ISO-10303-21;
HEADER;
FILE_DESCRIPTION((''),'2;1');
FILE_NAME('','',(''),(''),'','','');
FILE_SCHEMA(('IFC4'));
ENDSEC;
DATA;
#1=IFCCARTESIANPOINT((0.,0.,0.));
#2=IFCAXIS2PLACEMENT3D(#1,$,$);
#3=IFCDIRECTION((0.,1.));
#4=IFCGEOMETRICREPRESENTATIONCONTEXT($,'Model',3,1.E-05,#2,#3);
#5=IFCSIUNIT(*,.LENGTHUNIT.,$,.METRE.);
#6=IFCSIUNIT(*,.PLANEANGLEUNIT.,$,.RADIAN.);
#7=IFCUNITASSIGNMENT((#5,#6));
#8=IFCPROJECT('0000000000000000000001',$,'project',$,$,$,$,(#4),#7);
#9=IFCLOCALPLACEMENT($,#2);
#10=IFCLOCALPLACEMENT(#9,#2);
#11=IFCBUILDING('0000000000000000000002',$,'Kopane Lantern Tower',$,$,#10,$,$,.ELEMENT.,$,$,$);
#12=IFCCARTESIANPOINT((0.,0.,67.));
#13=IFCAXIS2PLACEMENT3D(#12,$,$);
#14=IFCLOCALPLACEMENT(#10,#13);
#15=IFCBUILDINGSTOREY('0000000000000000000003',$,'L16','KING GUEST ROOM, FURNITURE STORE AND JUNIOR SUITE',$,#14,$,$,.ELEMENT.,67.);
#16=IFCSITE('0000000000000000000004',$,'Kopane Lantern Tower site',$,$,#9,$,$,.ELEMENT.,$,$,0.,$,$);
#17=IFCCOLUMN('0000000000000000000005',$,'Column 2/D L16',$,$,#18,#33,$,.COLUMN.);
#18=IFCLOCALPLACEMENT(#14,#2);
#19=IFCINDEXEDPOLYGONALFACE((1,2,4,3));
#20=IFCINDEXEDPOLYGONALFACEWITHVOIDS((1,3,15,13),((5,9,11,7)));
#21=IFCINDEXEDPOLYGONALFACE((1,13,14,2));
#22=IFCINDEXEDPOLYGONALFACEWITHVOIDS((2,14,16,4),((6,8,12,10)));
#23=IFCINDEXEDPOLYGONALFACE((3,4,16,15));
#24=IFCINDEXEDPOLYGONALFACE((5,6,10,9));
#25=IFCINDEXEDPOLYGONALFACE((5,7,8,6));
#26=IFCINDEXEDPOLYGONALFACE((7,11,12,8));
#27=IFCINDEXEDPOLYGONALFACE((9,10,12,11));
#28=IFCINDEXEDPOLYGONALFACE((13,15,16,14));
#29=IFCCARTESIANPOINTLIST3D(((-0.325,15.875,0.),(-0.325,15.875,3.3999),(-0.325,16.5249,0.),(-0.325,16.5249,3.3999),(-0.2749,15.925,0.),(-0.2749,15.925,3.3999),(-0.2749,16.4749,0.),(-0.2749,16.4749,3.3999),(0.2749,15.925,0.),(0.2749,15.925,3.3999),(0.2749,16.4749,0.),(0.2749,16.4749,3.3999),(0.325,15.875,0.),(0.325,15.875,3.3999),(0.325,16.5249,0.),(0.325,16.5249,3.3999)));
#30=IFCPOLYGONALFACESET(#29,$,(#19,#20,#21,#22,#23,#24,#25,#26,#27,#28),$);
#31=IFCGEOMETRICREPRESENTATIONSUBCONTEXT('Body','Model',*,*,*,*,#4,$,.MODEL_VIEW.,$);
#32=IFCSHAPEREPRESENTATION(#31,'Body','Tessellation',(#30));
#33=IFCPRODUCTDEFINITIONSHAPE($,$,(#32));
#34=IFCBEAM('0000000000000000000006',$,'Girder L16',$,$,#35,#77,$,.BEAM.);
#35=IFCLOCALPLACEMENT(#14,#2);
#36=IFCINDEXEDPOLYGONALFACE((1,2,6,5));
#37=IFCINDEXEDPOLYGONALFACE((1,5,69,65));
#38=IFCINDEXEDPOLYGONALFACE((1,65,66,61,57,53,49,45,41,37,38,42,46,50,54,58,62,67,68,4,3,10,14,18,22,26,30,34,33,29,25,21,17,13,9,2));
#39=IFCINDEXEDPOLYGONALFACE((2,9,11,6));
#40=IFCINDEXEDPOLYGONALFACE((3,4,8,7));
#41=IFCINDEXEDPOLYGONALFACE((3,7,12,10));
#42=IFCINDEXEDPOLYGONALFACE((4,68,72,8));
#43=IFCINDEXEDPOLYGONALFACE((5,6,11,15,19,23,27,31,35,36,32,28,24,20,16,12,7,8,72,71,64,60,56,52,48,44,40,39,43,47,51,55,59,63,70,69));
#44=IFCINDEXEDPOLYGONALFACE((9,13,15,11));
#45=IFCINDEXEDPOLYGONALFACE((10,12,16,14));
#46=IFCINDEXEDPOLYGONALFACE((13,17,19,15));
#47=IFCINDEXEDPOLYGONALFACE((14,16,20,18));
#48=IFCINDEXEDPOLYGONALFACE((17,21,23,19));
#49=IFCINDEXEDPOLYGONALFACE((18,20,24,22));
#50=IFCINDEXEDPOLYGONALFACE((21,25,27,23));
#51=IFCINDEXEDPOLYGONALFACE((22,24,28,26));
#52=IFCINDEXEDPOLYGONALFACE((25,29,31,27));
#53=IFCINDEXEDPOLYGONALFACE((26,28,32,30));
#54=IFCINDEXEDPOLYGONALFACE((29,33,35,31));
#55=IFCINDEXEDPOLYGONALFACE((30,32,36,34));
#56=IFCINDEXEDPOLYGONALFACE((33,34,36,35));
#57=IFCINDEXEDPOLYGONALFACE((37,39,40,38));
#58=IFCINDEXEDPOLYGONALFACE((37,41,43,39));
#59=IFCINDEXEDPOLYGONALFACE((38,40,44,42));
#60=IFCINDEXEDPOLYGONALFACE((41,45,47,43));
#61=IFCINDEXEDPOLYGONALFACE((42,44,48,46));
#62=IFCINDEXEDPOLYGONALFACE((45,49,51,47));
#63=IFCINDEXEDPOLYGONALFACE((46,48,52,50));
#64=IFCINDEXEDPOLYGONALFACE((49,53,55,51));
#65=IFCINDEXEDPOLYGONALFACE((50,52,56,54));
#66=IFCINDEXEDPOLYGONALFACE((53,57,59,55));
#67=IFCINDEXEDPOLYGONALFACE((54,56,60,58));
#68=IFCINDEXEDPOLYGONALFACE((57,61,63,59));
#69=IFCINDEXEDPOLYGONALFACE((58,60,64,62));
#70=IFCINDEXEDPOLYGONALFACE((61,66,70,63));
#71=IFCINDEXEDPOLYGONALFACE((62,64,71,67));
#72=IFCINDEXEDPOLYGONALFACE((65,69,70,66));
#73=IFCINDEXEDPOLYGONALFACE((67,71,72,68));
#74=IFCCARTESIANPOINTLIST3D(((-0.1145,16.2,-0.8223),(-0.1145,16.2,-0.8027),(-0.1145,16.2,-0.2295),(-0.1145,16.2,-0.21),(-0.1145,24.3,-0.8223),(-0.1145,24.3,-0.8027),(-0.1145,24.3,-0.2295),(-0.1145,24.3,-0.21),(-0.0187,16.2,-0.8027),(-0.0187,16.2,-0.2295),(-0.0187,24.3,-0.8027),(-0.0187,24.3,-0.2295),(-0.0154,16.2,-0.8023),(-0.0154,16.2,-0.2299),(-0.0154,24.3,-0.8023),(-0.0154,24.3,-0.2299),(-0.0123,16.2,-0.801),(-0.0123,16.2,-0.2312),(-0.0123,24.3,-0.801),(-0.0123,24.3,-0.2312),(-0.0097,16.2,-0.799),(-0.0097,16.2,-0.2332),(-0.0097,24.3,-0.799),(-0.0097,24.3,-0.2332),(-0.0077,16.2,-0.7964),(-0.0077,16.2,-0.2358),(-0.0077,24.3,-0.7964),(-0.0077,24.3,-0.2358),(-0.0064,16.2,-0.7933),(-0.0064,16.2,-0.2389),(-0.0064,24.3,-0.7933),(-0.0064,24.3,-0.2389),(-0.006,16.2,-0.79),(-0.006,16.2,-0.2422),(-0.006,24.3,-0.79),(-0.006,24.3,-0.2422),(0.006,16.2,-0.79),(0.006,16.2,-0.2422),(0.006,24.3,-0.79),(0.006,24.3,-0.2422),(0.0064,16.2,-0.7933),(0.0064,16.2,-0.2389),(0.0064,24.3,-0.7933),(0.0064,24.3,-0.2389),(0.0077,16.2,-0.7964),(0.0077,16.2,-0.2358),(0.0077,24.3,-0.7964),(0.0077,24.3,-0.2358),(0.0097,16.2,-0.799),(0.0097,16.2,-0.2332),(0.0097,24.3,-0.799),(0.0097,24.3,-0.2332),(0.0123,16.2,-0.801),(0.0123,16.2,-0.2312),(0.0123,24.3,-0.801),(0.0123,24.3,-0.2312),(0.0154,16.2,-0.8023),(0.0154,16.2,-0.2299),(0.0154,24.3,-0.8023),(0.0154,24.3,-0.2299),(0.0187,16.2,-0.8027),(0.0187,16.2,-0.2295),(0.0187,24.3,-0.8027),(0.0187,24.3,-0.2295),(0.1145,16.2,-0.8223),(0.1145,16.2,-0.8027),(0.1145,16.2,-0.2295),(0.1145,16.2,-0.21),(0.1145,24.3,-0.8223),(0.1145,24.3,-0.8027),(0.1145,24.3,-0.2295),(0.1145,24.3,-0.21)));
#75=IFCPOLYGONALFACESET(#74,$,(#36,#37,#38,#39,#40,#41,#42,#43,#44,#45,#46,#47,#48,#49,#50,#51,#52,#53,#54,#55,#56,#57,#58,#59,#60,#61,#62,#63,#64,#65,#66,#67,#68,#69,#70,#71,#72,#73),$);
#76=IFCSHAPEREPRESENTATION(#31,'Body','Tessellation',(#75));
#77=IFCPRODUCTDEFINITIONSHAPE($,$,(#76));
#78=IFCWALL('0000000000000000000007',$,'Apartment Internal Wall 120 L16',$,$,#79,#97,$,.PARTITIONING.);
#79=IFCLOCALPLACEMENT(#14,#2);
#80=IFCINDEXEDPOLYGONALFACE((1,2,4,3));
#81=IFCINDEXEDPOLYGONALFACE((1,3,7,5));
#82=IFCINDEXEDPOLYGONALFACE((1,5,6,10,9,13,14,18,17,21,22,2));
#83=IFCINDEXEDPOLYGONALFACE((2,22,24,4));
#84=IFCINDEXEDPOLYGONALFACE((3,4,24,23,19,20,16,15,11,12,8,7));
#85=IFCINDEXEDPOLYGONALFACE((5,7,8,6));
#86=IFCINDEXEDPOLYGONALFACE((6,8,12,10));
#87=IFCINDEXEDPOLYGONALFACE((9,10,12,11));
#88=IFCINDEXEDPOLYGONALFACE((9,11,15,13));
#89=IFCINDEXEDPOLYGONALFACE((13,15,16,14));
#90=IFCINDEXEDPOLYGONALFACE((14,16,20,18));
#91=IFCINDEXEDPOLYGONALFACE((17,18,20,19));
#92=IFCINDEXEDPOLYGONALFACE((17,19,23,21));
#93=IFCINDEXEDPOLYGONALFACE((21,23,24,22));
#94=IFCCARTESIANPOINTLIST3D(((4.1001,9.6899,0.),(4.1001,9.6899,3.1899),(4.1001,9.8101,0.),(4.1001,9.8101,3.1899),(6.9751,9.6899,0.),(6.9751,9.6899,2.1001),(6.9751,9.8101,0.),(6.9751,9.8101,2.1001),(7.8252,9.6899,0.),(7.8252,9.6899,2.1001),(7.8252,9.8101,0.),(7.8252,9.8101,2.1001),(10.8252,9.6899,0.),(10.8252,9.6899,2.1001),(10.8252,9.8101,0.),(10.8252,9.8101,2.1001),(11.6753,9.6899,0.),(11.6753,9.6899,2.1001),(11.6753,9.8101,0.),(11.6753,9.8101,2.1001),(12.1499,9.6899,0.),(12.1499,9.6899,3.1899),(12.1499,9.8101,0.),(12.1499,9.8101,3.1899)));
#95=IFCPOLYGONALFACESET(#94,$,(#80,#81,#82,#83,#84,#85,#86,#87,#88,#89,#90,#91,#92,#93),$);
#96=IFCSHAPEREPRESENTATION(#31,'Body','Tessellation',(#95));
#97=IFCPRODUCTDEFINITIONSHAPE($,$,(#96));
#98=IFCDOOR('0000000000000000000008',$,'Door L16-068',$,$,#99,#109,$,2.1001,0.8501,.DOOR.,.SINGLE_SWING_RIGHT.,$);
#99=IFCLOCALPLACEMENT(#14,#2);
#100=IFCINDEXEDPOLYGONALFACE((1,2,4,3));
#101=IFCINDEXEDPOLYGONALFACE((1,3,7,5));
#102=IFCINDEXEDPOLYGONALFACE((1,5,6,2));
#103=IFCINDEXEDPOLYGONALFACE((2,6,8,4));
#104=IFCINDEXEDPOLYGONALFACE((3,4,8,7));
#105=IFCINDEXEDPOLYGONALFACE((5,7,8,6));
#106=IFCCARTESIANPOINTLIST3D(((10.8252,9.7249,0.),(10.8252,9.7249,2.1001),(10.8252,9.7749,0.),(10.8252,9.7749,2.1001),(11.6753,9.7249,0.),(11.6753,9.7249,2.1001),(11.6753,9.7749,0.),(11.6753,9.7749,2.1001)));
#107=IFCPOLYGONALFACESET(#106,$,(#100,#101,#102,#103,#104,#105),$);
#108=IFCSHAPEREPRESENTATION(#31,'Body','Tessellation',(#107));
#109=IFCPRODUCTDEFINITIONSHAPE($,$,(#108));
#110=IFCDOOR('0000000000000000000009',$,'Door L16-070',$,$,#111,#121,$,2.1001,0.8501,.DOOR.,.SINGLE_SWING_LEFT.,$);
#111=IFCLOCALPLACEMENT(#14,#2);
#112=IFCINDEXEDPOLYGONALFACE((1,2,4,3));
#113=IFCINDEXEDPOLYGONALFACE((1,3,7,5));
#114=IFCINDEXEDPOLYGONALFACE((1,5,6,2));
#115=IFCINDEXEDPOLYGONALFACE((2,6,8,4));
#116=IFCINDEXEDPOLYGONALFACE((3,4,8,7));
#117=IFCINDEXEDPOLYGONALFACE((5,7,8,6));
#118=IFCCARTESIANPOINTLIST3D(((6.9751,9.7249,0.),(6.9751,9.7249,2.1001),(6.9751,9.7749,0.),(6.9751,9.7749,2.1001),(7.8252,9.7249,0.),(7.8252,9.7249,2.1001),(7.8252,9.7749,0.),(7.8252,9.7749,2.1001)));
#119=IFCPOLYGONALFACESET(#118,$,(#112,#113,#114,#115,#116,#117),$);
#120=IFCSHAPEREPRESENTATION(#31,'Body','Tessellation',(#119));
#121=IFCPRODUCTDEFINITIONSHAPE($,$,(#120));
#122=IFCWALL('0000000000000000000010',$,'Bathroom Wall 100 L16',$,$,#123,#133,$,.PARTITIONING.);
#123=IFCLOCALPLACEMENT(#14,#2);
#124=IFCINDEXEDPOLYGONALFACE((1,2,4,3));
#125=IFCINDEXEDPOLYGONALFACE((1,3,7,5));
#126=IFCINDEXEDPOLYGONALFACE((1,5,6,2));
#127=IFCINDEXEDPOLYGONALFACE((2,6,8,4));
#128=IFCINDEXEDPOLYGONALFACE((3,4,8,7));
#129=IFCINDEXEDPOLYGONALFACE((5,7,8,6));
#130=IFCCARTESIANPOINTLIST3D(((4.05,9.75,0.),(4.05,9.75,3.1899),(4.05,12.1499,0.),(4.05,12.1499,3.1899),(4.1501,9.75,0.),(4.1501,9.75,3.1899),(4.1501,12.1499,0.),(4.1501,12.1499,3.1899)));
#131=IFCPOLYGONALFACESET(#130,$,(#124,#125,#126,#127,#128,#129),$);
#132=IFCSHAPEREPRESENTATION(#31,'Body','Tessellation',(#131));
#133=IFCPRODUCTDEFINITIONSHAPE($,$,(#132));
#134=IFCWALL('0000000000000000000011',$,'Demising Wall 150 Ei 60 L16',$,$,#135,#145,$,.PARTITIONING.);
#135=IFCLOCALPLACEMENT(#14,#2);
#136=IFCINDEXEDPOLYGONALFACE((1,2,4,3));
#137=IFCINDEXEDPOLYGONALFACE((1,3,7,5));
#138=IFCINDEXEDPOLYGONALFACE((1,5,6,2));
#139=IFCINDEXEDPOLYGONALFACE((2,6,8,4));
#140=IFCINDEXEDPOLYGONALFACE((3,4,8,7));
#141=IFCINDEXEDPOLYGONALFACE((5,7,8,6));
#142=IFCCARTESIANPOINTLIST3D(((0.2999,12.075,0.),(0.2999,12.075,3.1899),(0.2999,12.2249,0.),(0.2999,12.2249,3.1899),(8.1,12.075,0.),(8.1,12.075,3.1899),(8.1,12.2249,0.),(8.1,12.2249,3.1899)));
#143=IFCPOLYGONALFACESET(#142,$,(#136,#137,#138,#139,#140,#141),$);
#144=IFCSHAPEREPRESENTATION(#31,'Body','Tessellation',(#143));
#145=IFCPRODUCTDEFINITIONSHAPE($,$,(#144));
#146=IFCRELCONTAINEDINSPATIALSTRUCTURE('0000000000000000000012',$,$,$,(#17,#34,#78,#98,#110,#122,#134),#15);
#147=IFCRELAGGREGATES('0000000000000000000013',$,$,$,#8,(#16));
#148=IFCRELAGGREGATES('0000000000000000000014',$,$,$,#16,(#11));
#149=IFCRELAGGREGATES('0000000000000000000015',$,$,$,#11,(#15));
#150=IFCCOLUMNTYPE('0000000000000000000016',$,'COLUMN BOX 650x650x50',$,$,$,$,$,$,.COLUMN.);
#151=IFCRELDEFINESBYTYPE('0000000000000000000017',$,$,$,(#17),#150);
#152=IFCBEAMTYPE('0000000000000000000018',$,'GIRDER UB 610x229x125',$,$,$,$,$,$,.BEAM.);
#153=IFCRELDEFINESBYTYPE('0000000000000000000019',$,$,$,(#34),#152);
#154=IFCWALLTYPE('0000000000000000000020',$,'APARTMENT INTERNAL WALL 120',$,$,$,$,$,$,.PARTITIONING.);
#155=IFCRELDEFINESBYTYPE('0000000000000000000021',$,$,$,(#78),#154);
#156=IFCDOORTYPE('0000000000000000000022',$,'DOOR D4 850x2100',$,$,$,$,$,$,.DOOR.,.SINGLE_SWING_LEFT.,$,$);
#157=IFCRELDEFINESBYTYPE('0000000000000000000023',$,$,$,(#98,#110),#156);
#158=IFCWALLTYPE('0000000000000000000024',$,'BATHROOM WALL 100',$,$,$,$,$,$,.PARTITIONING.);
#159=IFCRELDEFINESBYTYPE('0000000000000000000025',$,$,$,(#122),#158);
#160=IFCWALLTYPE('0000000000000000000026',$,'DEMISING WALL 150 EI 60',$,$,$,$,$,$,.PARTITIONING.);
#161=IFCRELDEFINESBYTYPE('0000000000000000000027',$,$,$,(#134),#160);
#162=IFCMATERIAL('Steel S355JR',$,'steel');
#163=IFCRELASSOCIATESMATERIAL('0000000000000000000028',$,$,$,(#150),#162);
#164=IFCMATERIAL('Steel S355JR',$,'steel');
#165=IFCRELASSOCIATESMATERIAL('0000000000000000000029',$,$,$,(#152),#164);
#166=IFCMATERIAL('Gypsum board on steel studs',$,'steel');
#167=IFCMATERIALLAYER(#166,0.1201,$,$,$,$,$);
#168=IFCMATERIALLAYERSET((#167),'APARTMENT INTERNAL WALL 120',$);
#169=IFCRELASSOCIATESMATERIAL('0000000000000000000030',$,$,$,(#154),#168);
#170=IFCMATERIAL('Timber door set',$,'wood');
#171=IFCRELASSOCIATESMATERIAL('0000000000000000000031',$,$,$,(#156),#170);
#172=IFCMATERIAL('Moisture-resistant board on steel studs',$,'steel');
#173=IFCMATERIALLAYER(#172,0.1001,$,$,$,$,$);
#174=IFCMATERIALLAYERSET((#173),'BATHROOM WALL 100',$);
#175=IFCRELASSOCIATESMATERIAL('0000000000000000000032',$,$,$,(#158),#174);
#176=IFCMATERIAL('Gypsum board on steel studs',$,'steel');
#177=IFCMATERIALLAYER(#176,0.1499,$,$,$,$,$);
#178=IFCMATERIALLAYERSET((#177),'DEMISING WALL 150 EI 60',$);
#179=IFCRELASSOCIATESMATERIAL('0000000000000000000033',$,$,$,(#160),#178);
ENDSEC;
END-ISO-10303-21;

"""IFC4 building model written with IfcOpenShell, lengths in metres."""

from ifc_helpers import new_model, si_unit, direction, frame, frame_2d, origin, origin_2d, place, context, subcontext, project, spatial, rectangle, hollow_rectangle, i_section, extrude, material, layer, layer_set, material_profile, profile_set, type_object, element, fill, save


model = new_model("IFC4")

# Units and contexts
model_context = context("Model", 3, precision=1e-05, world=origin(), true_north=direction((0.0, 1.0)))
body_context = subcontext(model_context, "Body", "Model", "MODEL_VIEW")
ifc_project = project(units=[si_unit("LENGTHUNIT", "METRE"), si_unit("PLANEANGLEUNIT", "RADIAN")], contexts=[model_context])

# Site, building, storey
site_placement = place(None, origin())
site = spatial("IfcSite", under=ifc_project, at=site_placement, Name="Kopane Lantern Tower site", CompositionType="ELEMENT", RefElevation=0.0)
building_placement = place(site_placement, origin())
building = spatial("IfcBuilding", under=site, at=building_placement, Name="Kopane Lantern Tower", CompositionType="ELEMENT")
storey_placement = place(building_placement, frame((0.0, 0.0, 67.0)))
storey = spatial("IfcBuildingStorey", under=building, at=storey_placement, Name="L16", Description="KING GUEST ROOM, FURNITURE STORE AND JUNIOR SUITE", CompositionType="ELEMENT", Elevation=67.0)

# Column
ifc_material_1 = material(Name="Steel S355JR", Category="steel")
ifc_material_profile_1 = material_profile(ifc_material_1, hollow_rectangle(XDim=0.6499, YDim=0.6499, WallThickness=0.05, at=origin_2d()), Name="BOX 650x650x50")
ifc_profile_set_1 = profile_set([ifc_material_profile_1], Name="Steel S355JR")
column_type = type_object("IfcColumnType", Name="COLUMN BOX 650x650x50", PredefinedType="COLUMN", material=ifc_profile_set_1)
column_placement = place(storey_placement, frame((0.0, 16.2, 0.0), z_axis=(0.0, 0.0, 1.0), x_axis=(1.0, 0.0, 0.0)))
element("IfcColumn", 1, at=column_placement, inside=storey, type_object=column_type, Name="Column 2/D L16", PredefinedType="COLUMN", context=body_context, shape_type="SweptSolid", body=[
    extrude(hollow_rectangle(XDim=0.6499, YDim=0.6499, WallThickness=0.05, at=origin_2d()), origin(), (0.0, 0.0, 1.0), 3.3999),
])

# Beam
ifc_material_2 = material(Name="Steel S355JR", Category="steel")
ifc_material_profile_2 = material_profile(ifc_material_2, i_section(OverallWidth=0.229, OverallDepth=0.6123, WebThickness=0.012, FlangeThickness=0.0195, FilletRadius=0.0127, at=origin_2d()), Name="UB 610x229x125")
ifc_profile_set_2 = profile_set([ifc_material_profile_2], Name="Steel S355JR")
beam_type = type_object("IfcBeamType", Name="GIRDER UB 610x229x125", PredefinedType="BEAM", material=ifc_profile_set_2)
beam_placement = place(storey_placement, frame((0.0, 16.2, -0.5161), z_axis=(0.0, 1.0, 0.0), x_axis=(-1.0, 0.0, 0.0)))
element("IfcBeam", 2, at=beam_placement, inside=storey, type_object=beam_type, Name="Girder L16", PredefinedType="BEAM", context=body_context, shape_type="SweptSolid", body=[
    extrude(i_section(OverallWidth=0.229, OverallDepth=0.6123, WebThickness=0.012, FlangeThickness=0.0195, FilletRadius=0.0127, at=origin_2d()), origin(), (0.0, 0.0, 1.0), 8.1001),
])

# Wall, openings, doors
ifc_material_3 = material(Name="Gypsum board on steel studs", Category="steel")
ifc_layer_1 = layer(ifc_material_3, 0.1201)
ifc_layer_set_1 = layer_set([ifc_layer_1], Name="APARTMENT INTERNAL WALL 120")
wall_type_1 = type_object("IfcWallType", Name="APARTMENT INTERNAL WALL 120", PredefinedType="PARTITIONING", material=ifc_layer_set_1)
wall_1_placement = place(storey_placement, frame((4.1001, 9.75, 0.0), z_axis=(0.0, 0.0, 1.0), x_axis=(1.0, 0.0, 0.0)))
wall_1 = element("IfcWall", 3, at=wall_1_placement, inside=storey, type_object=wall_type_1, Name="Apartment Internal Wall 120 L16", PredefinedType="PARTITIONING", context=body_context, shape_type="SweptSolid", body=[
    extrude(rectangle(XDim=8.0498, YDim=0.1201, at=frame_2d((4.0249, 0.0))), origin(), (0.0, 0.0, 1.0), 3.1899),
])
opening_1_placement = place(wall_1_placement, frame((6.7251, 0.0, 0.0)))
opening_1 = element("IfcOpeningElement", 4, at=opening_1_placement, cuts=wall_1, PredefinedType="OPENING", context=body_context, shape_type="SweptSolid", body=[
    extrude(rectangle(XDim=0.8501, YDim=2.1001, at=frame_2d((0.425, 1.05))), frame((0.0, 0.0701, 0.0), z_axis=(0.0, -1.0, 0.0), x_axis=(1.0, 0.0, 0.0)), (0.0, 0.0, 1.0), 0.1401),
])
opening_2_placement = place(wall_1_placement, frame((2.875, 0.0, 0.0)))
opening_2 = element("IfcOpeningElement", 5, at=opening_2_placement, cuts=wall_1, PredefinedType="OPENING", context=body_context, shape_type="SweptSolid", body=[
    extrude(rectangle(XDim=0.8501, YDim=2.1001, at=frame_2d((0.425, 1.05))), frame((0.0, 0.0701, 0.0), z_axis=(0.0, -1.0, 0.0), x_axis=(1.0, 0.0, 0.0)), (0.0, 0.0, 1.0), 0.1401),
])
ifc_material_4 = material(Name="Timber door set", Category="wood")
door_type = type_object("IfcDoorType", Name="DOOR D4 850x2100", OperationType="SINGLE_SWING_LEFT", PredefinedType="DOOR", material=ifc_material_4)
door_1_placement = place(opening_1_placement, origin())
door_1 = element("IfcDoor", 6, at=door_1_placement, inside=storey, type_object=door_type, Name="Door L16-068", OperationType="SINGLE_SWING_RIGHT", OverallHeight=2.1001, OverallWidth=0.8501, PredefinedType="DOOR", context=body_context, shape_type="SweptSolid", body=[
    extrude(rectangle(XDim=0.8501, YDim=2.1001, at=frame_2d((0.425, 1.05))), frame((0.0, 0.0249, 0.0), z_axis=(0.0, -1.0, 0.0), x_axis=(1.0, 0.0, 0.0)), (0.0, 0.0, 1.0), 0.05),
])
fill(opening_1, door_1)
door_2_placement = place(opening_2_placement, origin())
door_2 = element("IfcDoor", 7, at=door_2_placement, inside=storey, type_object=door_type, Name="Door L16-070", OperationType="SINGLE_SWING_LEFT", OverallHeight=2.1001, OverallWidth=0.8501, PredefinedType="DOOR", context=body_context, shape_type="SweptSolid", body=[
    extrude(rectangle(XDim=0.8501, YDim=2.1001, at=frame_2d((0.425, 1.05))), frame((0.0, 0.0249, 0.0), z_axis=(0.0, -1.0, 0.0), x_axis=(1.0, 0.0, 0.0)), (0.0, 0.0, 1.0), 0.05),
])
fill(opening_2, door_2)

# Walls
ifc_material_5 = material(Name="Moisture-resistant board on steel studs", Category="steel")
ifc_layer_2 = layer(ifc_material_5, 0.1001)
ifc_layer_set_2 = layer_set([ifc_layer_2], Name="BATHROOM WALL 100")
wall_type_2 = type_object("IfcWallType", Name="BATHROOM WALL 100", PredefinedType="PARTITIONING", material=ifc_layer_set_2)
wall_2_placement = place(storey_placement, frame((4.1001, 12.1499, 0.0), z_axis=(0.0, 0.0, 1.0), x_axis=(0.0, -1.0, 0.0)))
element("IfcWall", 8, at=wall_2_placement, inside=storey, type_object=wall_type_2, Name="Bathroom Wall 100 L16", PredefinedType="PARTITIONING", context=body_context, shape_type="SweptSolid", body=[
    extrude(rectangle(XDim=2.3999, YDim=0.1001, at=frame_2d((1.2, 0.0))), origin(), (0.0, 0.0, 1.0), 3.1899),
])
ifc_material_6 = material(Name="Gypsum board on steel studs", Category="steel")
ifc_layer_3 = layer(ifc_material_6, 0.1499)
ifc_layer_set_3 = layer_set([ifc_layer_3], Name="DEMISING WALL 150 EI 60")
wall_type_3 = type_object("IfcWallType", Name="DEMISING WALL 150 EI 60", PredefinedType="PARTITIONING", material=ifc_layer_set_3)
wall_3_placement = place(storey_placement, frame((0.3, 12.1499, 0.0), z_axis=(0.0, 0.0, 1.0), x_axis=(1.0, 0.0, 0.0)))
element("IfcWall", 9, at=wall_3_placement, inside=storey, type_object=wall_type_3, Name="Demising Wall 150 Ei 60 L16", PredefinedType="PARTITIONING", context=body_context, shape_type="SweptSolid", body=[
    extrude(rectangle(XDim=7.8, YDim=0.1499, at=frame_2d((3.8999, 0.0))), origin(), (0.0, 0.0, 1.0), 3.1899),
])

save(model, "model.ifc")
